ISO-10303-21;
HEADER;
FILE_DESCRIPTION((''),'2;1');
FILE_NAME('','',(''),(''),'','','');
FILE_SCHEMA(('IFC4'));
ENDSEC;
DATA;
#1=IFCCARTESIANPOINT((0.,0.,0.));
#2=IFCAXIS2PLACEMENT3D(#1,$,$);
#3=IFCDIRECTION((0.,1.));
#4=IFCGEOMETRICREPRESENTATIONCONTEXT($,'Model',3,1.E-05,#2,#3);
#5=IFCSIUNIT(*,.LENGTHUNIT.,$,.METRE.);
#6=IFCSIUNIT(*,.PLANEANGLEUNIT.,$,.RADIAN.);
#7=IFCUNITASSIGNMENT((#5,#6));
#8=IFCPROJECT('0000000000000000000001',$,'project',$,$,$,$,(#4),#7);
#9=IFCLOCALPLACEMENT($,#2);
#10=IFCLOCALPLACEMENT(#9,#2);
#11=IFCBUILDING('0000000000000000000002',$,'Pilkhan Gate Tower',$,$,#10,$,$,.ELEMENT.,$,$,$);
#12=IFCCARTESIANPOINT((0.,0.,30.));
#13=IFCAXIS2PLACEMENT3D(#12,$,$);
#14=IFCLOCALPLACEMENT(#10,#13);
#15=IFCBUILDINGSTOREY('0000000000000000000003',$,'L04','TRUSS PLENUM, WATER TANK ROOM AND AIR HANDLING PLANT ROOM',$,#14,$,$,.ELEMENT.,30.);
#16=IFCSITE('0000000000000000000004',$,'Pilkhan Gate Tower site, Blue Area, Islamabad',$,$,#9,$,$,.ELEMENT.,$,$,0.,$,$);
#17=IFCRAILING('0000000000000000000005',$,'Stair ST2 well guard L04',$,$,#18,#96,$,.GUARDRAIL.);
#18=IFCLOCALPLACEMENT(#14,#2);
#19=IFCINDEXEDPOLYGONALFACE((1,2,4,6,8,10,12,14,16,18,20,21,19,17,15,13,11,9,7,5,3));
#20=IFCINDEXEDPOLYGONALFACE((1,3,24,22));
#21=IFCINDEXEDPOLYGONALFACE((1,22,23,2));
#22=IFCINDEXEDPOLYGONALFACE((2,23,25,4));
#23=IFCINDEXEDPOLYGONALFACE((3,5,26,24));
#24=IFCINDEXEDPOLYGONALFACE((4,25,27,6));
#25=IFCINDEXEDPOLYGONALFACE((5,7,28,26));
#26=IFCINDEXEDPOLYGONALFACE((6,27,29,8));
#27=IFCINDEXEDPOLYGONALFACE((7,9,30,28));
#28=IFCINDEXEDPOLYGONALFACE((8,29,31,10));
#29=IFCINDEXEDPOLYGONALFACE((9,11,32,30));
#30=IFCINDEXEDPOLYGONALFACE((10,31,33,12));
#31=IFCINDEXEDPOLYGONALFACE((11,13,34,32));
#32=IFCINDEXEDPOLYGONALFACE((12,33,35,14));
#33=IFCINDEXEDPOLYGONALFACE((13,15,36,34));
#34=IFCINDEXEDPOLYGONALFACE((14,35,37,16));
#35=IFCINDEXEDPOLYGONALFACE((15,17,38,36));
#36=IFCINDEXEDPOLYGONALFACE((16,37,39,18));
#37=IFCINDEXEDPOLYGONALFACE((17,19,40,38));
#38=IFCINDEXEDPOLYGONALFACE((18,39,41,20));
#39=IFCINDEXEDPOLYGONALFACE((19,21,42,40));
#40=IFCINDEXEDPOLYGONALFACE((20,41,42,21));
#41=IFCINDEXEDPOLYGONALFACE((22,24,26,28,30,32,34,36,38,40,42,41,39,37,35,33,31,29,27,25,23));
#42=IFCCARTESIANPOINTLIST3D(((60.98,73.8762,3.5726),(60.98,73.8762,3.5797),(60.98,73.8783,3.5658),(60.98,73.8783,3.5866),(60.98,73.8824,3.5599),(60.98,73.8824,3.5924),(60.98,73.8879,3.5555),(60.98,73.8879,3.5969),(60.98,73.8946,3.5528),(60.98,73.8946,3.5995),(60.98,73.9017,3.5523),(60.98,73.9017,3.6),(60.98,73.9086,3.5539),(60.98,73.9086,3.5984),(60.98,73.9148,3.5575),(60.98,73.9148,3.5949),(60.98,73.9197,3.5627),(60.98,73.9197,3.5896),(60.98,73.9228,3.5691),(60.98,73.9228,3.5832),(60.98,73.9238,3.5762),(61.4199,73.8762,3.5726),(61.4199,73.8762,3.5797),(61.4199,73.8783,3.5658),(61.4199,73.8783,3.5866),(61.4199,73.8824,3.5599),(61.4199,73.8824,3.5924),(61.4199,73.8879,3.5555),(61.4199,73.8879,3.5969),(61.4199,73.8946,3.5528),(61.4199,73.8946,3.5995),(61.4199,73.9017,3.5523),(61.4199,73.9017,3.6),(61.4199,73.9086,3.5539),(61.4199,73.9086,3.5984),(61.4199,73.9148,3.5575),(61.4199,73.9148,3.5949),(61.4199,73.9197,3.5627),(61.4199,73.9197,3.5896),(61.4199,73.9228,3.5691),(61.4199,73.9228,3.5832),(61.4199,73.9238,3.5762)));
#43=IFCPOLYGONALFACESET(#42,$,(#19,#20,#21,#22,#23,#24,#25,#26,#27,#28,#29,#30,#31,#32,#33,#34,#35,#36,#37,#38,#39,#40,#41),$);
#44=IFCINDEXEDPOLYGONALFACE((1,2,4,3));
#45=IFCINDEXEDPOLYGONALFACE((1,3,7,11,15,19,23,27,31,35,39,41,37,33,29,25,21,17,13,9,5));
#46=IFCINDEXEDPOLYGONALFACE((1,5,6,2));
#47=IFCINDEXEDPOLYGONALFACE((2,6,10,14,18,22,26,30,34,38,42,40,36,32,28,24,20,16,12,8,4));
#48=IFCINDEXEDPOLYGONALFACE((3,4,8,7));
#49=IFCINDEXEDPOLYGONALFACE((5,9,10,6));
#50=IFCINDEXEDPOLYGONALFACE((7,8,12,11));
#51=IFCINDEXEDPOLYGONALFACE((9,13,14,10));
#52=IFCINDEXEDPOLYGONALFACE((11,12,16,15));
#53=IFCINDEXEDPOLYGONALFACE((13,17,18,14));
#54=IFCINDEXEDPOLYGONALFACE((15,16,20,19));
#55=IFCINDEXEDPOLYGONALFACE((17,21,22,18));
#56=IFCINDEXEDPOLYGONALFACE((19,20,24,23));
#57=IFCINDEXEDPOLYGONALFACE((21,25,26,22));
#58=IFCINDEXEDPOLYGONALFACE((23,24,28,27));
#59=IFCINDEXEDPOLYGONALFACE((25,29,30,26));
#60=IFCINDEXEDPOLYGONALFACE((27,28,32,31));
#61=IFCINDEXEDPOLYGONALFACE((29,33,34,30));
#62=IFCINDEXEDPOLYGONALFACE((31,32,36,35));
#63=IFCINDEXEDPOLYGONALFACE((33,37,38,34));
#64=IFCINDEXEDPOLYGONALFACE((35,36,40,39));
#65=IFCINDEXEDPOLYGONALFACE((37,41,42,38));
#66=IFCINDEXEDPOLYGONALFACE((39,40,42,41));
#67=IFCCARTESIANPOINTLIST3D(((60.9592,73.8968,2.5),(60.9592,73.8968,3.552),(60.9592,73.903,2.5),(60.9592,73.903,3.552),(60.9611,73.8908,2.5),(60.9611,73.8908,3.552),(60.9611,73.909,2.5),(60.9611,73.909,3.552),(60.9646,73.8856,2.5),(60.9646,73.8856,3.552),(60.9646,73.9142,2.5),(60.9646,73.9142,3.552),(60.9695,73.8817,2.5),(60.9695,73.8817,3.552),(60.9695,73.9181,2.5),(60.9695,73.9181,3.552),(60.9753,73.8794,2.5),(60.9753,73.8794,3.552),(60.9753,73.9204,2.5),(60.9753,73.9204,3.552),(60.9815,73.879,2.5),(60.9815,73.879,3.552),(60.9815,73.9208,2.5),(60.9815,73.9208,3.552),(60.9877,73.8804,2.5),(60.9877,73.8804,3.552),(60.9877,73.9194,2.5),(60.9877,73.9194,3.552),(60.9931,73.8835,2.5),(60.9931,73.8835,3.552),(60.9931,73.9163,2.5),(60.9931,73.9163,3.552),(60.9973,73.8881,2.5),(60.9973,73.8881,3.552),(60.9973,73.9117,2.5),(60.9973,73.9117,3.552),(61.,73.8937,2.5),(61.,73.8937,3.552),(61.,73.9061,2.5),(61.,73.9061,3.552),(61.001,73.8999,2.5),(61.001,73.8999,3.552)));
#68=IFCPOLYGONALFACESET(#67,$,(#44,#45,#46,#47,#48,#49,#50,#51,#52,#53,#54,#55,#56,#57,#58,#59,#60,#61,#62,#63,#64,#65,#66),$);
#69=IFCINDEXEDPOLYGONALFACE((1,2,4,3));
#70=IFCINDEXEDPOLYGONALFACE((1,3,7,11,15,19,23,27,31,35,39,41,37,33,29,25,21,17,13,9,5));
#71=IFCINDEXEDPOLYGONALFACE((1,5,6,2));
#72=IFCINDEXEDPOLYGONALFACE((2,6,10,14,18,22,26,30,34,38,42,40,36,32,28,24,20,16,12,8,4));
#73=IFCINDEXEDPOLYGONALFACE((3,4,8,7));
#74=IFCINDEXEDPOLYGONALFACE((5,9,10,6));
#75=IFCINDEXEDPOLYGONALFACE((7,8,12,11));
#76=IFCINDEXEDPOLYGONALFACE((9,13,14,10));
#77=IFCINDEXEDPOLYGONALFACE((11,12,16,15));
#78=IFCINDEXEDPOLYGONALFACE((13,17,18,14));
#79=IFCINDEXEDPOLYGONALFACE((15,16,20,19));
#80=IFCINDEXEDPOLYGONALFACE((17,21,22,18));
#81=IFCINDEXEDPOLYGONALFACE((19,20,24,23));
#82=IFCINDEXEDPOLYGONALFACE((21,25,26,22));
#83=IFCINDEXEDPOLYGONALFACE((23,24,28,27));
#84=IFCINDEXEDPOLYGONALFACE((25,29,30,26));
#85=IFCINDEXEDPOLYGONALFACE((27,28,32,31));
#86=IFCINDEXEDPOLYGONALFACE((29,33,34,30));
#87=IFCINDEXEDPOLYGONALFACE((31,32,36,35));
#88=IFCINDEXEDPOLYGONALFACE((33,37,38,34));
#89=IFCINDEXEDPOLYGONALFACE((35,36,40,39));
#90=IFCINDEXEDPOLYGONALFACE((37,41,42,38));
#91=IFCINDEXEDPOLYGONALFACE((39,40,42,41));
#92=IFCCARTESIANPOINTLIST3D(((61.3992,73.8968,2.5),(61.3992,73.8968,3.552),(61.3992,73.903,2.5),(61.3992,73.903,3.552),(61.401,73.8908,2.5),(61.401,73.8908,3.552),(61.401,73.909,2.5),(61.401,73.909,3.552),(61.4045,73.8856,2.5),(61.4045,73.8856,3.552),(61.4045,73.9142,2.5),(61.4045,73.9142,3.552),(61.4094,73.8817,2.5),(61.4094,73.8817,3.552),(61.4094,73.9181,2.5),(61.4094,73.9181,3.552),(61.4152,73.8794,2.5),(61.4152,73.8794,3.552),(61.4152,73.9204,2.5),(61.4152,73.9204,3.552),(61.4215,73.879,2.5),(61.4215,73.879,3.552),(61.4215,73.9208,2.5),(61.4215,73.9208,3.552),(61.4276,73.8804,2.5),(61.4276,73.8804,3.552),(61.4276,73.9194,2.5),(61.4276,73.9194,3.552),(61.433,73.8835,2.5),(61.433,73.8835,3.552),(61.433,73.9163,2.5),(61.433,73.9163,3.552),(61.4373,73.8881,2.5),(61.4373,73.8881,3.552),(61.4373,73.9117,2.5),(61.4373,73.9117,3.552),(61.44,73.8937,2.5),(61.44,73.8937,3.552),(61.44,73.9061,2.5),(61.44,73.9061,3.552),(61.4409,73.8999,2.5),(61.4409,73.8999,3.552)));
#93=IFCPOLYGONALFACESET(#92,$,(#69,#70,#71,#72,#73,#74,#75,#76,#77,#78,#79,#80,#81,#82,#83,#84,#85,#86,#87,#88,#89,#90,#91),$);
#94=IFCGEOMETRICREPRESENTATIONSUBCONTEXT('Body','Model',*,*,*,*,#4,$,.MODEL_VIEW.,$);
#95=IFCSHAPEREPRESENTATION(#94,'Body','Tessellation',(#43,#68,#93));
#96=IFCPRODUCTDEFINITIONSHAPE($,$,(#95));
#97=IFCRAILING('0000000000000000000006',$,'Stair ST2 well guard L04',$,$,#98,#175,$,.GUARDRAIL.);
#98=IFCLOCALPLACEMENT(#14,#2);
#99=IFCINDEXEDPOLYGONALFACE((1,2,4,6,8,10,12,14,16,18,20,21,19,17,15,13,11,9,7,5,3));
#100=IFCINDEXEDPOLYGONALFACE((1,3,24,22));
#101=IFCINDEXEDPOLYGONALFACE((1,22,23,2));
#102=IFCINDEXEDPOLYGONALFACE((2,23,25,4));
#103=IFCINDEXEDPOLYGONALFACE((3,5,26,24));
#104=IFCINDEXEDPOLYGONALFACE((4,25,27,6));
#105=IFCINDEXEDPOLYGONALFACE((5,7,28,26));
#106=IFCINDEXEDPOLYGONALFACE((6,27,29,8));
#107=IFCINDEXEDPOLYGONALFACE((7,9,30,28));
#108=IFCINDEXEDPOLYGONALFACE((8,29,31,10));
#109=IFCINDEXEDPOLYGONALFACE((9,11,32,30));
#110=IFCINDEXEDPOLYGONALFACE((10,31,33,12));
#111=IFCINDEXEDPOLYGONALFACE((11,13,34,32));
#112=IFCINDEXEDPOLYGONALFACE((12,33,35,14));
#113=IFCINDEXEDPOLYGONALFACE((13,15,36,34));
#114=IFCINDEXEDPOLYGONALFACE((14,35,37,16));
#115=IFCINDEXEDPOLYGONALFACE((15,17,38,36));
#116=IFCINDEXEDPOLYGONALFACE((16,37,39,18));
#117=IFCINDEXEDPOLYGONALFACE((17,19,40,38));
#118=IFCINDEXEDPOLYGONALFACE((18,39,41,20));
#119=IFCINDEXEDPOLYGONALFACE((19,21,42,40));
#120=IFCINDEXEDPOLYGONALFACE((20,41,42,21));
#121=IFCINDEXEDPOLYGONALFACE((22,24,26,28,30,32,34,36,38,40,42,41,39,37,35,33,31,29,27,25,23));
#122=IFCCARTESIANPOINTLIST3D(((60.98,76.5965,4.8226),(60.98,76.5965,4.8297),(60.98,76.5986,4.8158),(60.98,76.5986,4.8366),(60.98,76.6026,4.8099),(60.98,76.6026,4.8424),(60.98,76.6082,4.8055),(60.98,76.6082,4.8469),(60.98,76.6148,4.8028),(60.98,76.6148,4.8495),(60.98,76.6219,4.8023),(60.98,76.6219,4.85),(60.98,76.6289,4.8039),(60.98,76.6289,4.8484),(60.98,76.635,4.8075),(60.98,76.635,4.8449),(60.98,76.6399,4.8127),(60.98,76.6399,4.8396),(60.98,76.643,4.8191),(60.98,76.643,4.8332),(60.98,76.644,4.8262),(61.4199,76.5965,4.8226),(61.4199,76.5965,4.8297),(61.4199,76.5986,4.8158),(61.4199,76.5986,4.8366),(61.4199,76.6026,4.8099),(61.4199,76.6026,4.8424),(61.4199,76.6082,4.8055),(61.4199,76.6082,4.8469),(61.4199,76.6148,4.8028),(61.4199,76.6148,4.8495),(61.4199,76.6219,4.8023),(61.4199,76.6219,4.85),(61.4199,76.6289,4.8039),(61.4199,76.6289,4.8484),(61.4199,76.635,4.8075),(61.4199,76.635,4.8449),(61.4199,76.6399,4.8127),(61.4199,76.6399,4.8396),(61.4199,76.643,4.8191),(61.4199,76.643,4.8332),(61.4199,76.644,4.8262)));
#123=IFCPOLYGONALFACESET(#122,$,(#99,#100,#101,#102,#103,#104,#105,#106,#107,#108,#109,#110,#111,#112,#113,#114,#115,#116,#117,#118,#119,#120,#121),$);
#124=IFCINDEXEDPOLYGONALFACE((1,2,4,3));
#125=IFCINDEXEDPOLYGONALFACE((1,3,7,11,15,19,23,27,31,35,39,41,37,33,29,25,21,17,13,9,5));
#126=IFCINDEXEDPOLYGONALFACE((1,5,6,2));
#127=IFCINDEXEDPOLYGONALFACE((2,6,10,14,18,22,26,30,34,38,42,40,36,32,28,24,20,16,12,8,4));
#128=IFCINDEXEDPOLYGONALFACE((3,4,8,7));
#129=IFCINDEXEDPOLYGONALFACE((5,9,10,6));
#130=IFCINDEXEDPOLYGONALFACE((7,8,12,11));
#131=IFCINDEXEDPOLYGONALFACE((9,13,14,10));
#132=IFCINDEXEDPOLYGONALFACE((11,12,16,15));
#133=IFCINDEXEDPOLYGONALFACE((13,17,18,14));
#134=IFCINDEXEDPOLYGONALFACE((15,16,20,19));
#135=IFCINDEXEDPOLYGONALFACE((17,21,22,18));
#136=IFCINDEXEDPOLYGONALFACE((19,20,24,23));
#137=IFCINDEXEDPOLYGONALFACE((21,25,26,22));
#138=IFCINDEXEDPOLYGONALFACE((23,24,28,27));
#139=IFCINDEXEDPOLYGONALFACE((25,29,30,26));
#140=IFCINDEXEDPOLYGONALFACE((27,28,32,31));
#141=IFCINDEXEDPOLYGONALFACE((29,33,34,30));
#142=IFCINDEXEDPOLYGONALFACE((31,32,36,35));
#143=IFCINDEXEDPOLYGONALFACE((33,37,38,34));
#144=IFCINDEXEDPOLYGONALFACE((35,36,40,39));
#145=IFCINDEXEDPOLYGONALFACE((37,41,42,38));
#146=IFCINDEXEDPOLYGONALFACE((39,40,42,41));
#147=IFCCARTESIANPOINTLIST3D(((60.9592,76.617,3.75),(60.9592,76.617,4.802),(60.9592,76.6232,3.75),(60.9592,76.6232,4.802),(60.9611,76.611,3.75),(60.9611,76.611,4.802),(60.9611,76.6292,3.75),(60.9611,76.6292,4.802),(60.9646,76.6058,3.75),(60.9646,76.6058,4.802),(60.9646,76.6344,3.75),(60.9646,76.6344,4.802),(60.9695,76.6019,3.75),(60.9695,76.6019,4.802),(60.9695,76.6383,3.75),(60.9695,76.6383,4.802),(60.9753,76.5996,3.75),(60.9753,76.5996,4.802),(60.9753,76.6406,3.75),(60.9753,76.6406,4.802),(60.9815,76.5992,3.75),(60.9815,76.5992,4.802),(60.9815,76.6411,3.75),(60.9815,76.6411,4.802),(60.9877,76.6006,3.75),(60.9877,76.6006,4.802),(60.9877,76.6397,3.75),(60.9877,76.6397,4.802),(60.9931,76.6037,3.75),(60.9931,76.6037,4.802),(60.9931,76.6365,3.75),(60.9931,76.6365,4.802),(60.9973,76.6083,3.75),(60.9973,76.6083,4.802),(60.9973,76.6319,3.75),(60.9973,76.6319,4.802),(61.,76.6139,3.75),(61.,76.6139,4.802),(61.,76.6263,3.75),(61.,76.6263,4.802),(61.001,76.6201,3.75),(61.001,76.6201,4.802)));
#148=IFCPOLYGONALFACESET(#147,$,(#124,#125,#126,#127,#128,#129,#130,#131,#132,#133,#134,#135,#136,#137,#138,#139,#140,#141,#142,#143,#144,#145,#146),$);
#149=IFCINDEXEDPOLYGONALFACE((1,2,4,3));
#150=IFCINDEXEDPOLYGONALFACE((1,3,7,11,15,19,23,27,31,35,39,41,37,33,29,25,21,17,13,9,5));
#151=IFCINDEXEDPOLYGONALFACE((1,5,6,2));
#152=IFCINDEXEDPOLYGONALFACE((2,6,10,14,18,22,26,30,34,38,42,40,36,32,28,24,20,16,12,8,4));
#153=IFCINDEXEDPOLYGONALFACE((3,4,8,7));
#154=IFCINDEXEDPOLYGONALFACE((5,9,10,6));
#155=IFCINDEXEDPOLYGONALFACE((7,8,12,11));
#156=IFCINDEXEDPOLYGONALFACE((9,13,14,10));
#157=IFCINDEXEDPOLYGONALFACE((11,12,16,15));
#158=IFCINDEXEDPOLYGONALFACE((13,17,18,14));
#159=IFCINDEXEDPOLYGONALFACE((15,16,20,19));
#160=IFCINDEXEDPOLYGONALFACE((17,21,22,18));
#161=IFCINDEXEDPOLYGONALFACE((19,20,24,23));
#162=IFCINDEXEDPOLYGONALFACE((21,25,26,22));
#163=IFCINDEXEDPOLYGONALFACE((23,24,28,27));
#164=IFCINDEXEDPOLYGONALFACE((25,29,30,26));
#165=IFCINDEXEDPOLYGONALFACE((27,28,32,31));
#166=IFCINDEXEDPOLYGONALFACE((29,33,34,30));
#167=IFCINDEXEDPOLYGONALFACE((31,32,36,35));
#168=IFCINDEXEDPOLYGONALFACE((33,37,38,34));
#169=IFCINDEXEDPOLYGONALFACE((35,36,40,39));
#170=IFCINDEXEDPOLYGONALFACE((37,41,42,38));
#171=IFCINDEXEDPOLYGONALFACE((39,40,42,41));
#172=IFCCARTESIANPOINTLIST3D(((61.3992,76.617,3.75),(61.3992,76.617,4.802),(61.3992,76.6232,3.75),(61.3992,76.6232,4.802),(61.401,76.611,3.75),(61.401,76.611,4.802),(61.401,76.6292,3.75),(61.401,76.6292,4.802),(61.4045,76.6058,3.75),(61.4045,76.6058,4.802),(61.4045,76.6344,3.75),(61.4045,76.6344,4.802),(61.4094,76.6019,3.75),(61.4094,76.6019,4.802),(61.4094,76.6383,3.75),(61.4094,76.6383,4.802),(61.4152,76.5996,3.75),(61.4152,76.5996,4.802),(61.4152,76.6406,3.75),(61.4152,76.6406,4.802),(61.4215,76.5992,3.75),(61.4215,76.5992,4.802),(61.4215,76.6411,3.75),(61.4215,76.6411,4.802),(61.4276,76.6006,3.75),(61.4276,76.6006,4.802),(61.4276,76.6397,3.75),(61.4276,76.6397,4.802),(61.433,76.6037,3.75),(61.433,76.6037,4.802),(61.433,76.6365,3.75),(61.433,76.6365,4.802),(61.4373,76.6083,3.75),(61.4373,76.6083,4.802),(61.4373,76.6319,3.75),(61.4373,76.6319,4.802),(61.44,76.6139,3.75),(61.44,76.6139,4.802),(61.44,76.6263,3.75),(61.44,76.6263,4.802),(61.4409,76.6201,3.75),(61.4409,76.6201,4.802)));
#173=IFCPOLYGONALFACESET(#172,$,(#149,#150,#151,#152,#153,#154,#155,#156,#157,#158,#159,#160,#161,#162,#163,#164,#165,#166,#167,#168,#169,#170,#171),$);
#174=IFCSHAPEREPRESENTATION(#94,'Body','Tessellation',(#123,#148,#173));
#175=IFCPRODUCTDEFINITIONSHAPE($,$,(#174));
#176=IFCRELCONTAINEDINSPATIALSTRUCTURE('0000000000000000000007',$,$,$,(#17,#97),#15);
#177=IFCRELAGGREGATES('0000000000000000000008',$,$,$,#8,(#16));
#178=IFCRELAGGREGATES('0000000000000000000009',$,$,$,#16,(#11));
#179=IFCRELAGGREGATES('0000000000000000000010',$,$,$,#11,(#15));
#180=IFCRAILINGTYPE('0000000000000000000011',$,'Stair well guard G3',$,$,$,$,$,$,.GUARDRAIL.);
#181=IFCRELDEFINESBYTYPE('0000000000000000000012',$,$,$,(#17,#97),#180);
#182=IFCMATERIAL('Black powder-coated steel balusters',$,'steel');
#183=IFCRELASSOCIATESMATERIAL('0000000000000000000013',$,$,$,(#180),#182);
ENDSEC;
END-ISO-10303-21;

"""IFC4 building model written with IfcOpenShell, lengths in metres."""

from ifc_helpers import new_model, si_unit, direction, frame, origin, origin_2d, place, context, subcontext, project, spatial, circle, extrude, material, type_object, element, save


model = new_model("IFC4")

# Units and contexts
model_context = context("Model", 3, precision=1e-05, world=origin(), true_north=direction((0.0, 1.0)))
body_context = subcontext(model_context, "Body", "Model", "MODEL_VIEW")
ifc_project = project(units=[si_unit("LENGTHUNIT", "METRE"), si_unit("PLANEANGLEUNIT", "RADIAN")], contexts=[model_context])

# Site, building, storey
site_placement = place(None, origin())
site = spatial("IfcSite", under=ifc_project, at=site_placement, Name="Pilkhan Gate Tower site, Blue Area, Islamabad", CompositionType="ELEMENT", RefElevation=0.0)
building_placement = place(site_placement, origin())
building = spatial("IfcBuilding", under=site, at=building_placement, Name="Pilkhan Gate Tower", CompositionType="ELEMENT")
storey_placement = place(building_placement, frame((0.0, 0.0, 30.0)))
storey = spatial("IfcBuildingStorey", under=building, at=storey_placement, Name="L04", Description="TRUSS PLENUM, WATER TANK ROOM AND AIR HANDLING PLANT ROOM", CompositionType="ELEMENT", Elevation=30.0)

# Railings
ifc_material_1 = material(Name="Black powder-coated steel balusters", Category="steel")
railing_type = type_object("IfcRailingType", Name="Stair well guard G3", PredefinedType="GUARDRAIL", material=ifc_material_1)
for number, where, name in (
    (1, (60.98, 73.8999, 2.5), "Stair ST2 well guard L04"),
    (2, (60.98, 76.6201, 3.75), "Stair ST2 well guard L04"),
):
    element("IfcRailing", number, at=place(storey_placement, frame(where)), inside=storey, type_object=railing_type, Name=name, PredefinedType="GUARDRAIL", context=body_context, shape_type="SweptSolid", body=[
        extrude(circle(Radius=0.0239, at=origin_2d()), frame((0.0, 0.0, 1.0762), z_axis=(1.0, 0.0, 0.0), x_axis=(0.0, 1.0, 0.0)), (0.0, 0.0, 1.0), 0.4399),
        extrude(circle(Radius=0.021, at=origin_2d()), origin(), (0.0, 0.0, 1.0), 1.052),
        extrude(circle(Radius=0.021, at=origin_2d()), frame((0.4399, 0.0, 0.0)), (0.0, 0.0, 1.0), 1.052),
    ])

save(model, "model.ifc")
